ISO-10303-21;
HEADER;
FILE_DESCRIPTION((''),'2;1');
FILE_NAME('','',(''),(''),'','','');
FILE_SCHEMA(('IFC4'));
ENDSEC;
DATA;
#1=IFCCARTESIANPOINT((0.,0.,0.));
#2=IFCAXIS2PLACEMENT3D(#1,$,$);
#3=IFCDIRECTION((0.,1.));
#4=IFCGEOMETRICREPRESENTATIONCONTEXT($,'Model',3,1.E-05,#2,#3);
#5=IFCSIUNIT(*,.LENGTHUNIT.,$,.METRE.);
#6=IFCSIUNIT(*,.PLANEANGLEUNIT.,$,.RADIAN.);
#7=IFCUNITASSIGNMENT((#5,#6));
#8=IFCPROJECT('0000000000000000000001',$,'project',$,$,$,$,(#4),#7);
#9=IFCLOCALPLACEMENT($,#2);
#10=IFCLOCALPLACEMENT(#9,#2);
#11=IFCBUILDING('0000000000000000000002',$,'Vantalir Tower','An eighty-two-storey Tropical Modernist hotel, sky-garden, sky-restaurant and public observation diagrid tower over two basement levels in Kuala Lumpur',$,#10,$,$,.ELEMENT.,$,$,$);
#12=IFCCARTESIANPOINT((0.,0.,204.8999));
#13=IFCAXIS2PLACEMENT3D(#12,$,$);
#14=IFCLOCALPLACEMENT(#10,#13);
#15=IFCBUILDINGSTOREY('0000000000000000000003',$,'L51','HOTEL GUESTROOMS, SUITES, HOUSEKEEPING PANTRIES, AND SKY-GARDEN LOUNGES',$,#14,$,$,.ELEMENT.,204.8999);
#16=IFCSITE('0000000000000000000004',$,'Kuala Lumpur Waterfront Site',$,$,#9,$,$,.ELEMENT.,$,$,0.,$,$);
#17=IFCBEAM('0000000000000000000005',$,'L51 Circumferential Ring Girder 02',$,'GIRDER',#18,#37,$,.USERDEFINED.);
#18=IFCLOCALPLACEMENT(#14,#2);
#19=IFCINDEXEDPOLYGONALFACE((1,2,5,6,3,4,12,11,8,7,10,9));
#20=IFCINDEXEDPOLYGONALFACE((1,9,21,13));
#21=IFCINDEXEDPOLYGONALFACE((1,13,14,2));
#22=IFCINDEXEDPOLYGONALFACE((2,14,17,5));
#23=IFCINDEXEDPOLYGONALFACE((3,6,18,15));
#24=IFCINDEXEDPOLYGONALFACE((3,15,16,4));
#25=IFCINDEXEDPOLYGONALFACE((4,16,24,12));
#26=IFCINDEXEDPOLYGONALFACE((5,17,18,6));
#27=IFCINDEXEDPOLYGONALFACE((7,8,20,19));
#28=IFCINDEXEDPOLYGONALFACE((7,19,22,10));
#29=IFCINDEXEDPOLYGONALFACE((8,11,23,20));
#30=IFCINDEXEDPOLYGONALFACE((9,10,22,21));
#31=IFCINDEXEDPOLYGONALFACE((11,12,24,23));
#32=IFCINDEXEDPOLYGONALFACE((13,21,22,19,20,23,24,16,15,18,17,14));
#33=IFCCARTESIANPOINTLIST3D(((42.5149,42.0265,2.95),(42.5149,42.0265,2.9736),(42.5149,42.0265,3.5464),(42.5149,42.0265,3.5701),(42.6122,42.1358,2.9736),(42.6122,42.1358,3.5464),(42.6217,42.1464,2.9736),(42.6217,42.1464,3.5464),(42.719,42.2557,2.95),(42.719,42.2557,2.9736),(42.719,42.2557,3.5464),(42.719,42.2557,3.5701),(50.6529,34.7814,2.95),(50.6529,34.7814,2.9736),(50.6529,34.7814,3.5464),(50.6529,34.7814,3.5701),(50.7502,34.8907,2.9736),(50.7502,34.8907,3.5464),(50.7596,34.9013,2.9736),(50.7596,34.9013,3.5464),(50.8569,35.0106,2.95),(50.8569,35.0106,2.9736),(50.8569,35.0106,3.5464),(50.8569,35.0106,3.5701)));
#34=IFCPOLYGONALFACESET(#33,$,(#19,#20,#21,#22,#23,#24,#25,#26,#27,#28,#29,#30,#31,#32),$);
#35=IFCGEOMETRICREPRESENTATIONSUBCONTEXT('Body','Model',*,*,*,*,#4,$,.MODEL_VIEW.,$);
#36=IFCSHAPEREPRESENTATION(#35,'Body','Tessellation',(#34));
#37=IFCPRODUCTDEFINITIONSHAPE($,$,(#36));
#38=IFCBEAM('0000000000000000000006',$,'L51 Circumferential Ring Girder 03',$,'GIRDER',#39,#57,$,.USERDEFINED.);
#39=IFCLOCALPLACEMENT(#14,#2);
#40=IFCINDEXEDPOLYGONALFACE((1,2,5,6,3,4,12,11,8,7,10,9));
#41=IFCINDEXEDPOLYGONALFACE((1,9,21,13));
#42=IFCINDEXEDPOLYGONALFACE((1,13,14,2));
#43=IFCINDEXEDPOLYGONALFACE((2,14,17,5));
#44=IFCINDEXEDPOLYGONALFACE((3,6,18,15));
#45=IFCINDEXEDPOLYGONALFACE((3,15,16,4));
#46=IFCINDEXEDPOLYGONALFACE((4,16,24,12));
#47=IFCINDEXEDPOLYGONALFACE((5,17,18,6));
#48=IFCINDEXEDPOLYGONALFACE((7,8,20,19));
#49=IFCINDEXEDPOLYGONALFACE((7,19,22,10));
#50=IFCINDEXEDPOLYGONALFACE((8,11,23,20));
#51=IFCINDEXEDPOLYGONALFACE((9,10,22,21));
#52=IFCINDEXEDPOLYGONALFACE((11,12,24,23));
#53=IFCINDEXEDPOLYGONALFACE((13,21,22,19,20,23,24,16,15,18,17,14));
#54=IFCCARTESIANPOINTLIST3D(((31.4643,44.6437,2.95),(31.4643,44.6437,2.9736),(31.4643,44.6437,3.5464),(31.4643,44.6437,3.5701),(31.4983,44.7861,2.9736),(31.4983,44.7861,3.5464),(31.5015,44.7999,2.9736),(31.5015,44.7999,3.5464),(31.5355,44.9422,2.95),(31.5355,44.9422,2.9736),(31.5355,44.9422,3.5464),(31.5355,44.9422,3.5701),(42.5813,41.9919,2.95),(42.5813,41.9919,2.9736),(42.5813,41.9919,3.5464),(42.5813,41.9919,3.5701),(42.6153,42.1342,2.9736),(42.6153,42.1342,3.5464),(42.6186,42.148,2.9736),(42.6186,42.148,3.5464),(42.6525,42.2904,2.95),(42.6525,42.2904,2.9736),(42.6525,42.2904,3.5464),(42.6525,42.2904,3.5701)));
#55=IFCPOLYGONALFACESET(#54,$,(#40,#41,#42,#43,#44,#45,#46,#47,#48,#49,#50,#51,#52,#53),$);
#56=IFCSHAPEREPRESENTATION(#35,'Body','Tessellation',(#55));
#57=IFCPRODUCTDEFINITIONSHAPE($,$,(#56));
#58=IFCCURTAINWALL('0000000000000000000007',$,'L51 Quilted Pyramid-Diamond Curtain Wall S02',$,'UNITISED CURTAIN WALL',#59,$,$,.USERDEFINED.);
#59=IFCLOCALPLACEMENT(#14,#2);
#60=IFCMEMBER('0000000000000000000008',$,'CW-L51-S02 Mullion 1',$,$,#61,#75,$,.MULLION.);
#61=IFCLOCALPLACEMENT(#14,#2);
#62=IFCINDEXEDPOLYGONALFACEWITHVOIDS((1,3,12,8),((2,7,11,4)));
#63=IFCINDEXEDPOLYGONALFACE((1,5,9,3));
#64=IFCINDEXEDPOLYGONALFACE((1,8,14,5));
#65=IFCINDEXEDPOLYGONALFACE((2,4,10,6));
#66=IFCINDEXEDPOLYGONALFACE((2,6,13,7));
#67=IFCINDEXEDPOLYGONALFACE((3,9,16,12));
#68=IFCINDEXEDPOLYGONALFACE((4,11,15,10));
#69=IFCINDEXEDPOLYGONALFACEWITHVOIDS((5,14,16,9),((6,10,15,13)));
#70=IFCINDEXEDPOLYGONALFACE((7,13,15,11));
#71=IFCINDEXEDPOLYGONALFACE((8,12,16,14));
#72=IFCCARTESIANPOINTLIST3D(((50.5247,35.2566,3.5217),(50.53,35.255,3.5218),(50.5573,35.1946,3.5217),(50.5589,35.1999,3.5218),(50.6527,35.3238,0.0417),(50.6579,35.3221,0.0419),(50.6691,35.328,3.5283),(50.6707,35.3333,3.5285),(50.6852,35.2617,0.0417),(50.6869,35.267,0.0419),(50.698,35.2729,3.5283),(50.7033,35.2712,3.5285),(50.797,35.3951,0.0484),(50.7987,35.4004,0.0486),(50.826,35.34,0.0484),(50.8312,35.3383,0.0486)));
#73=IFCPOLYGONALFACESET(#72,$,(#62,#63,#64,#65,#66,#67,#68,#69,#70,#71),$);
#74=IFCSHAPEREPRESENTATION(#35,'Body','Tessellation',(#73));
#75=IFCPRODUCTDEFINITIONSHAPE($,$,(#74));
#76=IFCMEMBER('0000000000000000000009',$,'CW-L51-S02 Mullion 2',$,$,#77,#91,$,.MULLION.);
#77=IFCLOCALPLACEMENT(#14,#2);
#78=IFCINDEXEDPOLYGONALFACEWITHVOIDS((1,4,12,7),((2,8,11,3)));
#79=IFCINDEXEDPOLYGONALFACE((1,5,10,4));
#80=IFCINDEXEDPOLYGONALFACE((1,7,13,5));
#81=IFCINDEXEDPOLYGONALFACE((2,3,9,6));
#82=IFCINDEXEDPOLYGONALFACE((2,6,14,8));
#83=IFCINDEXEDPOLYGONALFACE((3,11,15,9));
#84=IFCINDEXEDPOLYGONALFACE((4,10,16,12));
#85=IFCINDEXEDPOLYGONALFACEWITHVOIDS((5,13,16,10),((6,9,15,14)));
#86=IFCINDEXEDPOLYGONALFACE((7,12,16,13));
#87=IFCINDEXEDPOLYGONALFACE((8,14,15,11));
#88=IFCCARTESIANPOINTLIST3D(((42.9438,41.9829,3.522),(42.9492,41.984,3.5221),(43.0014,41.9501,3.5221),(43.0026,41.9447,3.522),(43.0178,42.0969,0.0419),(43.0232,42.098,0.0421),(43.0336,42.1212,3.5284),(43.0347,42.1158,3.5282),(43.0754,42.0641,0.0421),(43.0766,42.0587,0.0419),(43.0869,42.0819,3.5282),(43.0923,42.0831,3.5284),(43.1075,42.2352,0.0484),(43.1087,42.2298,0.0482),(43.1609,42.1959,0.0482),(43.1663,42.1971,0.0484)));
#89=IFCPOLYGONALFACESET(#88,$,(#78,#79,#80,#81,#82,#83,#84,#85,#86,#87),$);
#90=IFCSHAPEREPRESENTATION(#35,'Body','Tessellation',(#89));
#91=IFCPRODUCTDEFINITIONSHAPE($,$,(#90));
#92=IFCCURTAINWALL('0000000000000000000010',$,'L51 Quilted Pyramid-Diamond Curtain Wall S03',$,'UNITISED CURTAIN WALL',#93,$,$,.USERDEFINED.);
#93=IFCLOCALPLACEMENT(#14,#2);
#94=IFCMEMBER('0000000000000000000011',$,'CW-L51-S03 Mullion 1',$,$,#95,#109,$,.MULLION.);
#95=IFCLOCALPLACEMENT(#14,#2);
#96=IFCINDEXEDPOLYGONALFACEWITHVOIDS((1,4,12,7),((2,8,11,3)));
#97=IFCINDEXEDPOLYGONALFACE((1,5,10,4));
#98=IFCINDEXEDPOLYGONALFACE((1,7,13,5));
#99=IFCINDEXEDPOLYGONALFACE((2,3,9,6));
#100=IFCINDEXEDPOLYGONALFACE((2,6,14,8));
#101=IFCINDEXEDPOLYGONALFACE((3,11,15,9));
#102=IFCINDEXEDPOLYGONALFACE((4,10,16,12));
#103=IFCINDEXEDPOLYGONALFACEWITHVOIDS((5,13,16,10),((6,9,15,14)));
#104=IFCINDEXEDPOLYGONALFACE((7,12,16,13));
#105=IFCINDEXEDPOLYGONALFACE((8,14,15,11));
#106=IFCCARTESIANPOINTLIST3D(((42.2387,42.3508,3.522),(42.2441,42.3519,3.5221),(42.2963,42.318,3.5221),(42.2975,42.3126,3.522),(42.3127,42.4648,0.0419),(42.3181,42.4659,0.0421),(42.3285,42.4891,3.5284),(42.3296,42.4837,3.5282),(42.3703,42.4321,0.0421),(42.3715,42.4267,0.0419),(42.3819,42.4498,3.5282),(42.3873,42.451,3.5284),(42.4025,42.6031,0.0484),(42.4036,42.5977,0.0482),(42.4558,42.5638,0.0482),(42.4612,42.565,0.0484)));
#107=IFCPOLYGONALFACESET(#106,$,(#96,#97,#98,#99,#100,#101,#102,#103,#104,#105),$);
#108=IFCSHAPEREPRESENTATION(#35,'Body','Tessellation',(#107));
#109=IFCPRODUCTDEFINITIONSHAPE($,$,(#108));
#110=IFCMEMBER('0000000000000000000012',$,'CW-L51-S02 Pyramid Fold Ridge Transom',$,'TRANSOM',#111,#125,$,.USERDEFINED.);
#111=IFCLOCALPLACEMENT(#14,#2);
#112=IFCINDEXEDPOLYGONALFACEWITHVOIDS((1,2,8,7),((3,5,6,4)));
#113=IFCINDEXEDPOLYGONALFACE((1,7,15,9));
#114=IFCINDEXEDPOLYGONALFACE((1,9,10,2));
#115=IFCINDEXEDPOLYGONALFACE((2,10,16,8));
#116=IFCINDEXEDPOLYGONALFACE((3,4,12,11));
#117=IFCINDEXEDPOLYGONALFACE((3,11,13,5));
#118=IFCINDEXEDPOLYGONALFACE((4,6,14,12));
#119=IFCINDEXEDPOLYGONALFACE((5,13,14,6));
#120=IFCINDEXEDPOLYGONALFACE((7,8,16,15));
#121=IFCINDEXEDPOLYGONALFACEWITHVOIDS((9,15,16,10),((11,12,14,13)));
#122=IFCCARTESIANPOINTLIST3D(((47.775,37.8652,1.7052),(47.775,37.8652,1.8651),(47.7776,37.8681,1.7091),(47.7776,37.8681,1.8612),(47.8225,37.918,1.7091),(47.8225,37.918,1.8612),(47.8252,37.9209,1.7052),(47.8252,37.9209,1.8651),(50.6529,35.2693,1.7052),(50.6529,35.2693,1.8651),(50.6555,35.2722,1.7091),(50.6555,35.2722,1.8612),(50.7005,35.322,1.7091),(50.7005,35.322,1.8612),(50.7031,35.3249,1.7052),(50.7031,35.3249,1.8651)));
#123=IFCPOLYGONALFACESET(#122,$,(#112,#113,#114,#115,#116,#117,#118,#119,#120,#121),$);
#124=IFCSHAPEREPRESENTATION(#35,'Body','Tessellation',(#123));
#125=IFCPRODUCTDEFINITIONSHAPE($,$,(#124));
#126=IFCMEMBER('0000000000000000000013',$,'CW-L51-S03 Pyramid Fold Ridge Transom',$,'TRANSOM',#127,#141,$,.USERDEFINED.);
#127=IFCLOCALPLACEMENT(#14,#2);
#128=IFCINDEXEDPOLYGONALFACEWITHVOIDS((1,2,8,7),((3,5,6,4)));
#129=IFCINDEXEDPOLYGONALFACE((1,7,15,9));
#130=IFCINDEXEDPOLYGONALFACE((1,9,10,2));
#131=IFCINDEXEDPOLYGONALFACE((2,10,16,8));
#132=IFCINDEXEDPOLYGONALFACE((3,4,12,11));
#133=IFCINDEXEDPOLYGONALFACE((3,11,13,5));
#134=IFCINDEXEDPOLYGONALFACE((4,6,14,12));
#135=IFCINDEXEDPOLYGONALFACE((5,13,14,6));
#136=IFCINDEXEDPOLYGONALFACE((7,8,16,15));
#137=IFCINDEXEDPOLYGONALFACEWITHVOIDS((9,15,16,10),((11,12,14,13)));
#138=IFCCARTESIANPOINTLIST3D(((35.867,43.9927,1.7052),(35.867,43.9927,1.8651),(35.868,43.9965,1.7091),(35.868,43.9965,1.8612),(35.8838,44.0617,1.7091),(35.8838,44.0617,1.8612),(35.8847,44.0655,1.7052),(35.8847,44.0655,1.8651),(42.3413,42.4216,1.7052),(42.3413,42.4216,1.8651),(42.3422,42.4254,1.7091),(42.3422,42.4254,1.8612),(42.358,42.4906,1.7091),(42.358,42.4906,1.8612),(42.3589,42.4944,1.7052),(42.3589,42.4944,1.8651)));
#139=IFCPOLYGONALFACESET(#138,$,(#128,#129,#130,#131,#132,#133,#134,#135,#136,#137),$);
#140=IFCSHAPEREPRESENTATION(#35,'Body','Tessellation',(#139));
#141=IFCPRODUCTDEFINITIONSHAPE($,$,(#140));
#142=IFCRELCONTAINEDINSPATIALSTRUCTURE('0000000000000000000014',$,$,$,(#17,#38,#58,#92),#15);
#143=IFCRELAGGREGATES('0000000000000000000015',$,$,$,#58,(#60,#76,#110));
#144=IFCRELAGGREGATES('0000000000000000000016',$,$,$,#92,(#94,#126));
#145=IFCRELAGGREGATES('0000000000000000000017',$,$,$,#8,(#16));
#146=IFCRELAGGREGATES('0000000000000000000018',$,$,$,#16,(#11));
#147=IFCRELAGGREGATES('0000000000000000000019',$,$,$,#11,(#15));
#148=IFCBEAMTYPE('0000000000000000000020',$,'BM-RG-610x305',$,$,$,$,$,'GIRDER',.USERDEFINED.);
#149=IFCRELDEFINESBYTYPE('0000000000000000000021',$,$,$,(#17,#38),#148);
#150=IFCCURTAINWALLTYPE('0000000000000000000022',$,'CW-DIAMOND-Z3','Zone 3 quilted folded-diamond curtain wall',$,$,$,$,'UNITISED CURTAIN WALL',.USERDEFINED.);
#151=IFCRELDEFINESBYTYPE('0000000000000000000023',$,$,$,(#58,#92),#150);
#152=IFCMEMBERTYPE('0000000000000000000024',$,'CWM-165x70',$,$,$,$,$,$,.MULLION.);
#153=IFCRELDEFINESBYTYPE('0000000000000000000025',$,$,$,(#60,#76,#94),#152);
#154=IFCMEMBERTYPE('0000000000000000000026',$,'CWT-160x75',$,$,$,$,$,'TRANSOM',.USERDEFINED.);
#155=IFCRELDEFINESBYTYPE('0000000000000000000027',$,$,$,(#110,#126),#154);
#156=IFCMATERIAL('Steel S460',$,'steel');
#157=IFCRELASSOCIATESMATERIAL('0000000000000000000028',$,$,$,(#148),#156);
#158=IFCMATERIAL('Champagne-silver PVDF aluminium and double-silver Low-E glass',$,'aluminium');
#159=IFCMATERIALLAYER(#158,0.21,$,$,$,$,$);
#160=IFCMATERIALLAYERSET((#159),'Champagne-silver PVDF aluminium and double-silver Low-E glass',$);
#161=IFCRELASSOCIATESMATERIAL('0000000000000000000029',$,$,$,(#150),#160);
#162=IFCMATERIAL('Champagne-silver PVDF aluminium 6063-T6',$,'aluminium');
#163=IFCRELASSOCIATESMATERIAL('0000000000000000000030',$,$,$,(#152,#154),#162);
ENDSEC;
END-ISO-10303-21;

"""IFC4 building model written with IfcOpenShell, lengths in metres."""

from ifc_helpers import new_model, si_unit, direction, frame, origin, origin_2d, place, context, subcontext, project, spatial, hollow_rectangle, i_section, extrude, material, layer, layer_set, material_profile, profile_set, type_object, element, aggregate, save


model = new_model("IFC4")

# Units and contexts
model_context = context("Model", 3, precision=1e-05, world=origin(), true_north=direction((0.0, 1.0)))
body_context = subcontext(model_context, "Body", "Model", "MODEL_VIEW")
ifc_project = project(units=[si_unit("LENGTHUNIT", "METRE"), si_unit("PLANEANGLEUNIT", "RADIAN")], contexts=[model_context])

# Site, building, storey
site_placement = place(None, origin())
site = spatial("IfcSite", under=ifc_project, at=site_placement, Name="Kuala Lumpur Waterfront Site", CompositionType="ELEMENT", RefElevation=0.0)
building_placement = place(site_placement, origin())
building = spatial("IfcBuilding", under=site, at=building_placement, Name="Vantalir Tower", Description="An eighty-two-storey Tropical Modernist hotel, sky-garden, sky-restaurant and public observation diagrid tower over two basement levels in Kuala Lumpur", CompositionType="ELEMENT")
storey_placement = place(building_placement, frame((0.0, 0.0, 204.8999)))
storey = spatial("IfcBuildingStorey", under=building, at=storey_placement, Name="L51", Description="HOTEL GUESTROOMS, SUITES, HOUSEKEEPING PANTRIES, AND SKY-GARDEN LOUNGES", CompositionType="ELEMENT", Elevation=204.8999)

# Shared definitions
ifc_material_1 = material(Name="Steel S460", Category="steel")

# Beams
ifc_material_profile_1 = material_profile(ifc_material_1, i_section(OverallWidth=0.3069, OverallDepth=0.6201, WebThickness=0.0142, FlangeThickness=0.0237, at=origin_2d()), Name="Steel S460")
ifc_profile_set_1 = profile_set([ifc_material_profile_1], Name="Steel S460")
beam_type_1 = type_object("IfcBeamType", Name="BM-RG-610x305", ElementType="GIRDER", PredefinedType="USERDEFINED", material=ifc_profile_set_1)
beam_1_placement = place(storey_placement, frame((50.7549, 34.896, 3.26), z_axis=(-0.74689, 0.664948, 0.0), x_axis=(-0.664948, -0.74689, 0.0)))
element("IfcBeam", 1, at=beam_1_placement, inside=storey, type_object=beam_type_1, Name="L51 Circumferential Ring Girder 02", ObjectType="GIRDER", PredefinedType="USERDEFINED", context=body_context, shape_type="SweptSolid", body=[
    extrude(i_section(OverallWidth=0.3069, OverallDepth=0.6201, WebThickness=0.0142, FlangeThickness=0.0237, at=origin_2d()), origin(), (0.0, 0.0, 1.0), 10.8958),
])
beam_2_placement = place(storey_placement, frame((42.6169, 42.1411, 3.26), z_axis=(-0.972708, 0.232032, 0.0), x_axis=(-0.232032, -0.972708, 0.0)))
element("IfcBeam", 2, at=beam_2_placement, inside=storey, type_object=beam_type_1, Name="L51 Circumferential Ring Girder 03", ObjectType="GIRDER", PredefinedType="USERDEFINED", context=body_context, shape_type="SweptSolid", body=[
    extrude(i_section(OverallWidth=0.3069, OverallDepth=0.6201, WebThickness=0.0142, FlangeThickness=0.0237, at=origin_2d()), origin(), (0.0, 0.0, 1.0), 11.429),
])

# Curtain wall, members
ifc_material_2 = material(Name="Champagne-silver PVDF aluminium and double-silver Low-E glass", Category="aluminium")
ifc_layer_1 = layer(ifc_material_2, 0.21)
ifc_layer_set_1 = layer_set([ifc_layer_1], Name="Champagne-silver PVDF aluminium and double-silver Low-E glass")
curtain_wall_type = type_object("IfcCurtainWallType", Name="CW-DIAMOND-Z3", Description="Zone 3 quilted folded-diamond curtain wall", ElementType="UNITISED CURTAIN WALL", PredefinedType="USERDEFINED", material=ifc_layer_set_1)
curtain_wall_1_placement = place(storey_placement, origin())
curtain_wall_1 = element("IfcCurtainWall", 3, at=curtain_wall_1_placement, inside=storey, type_object=curtain_wall_type, Name="L51 Quilted Pyramid-Diamond Curtain Wall S02", ObjectType="UNITISED CURTAIN WALL", PredefinedType="USERDEFINED")
ifc_material_3 = material(Name="Champagne-silver PVDF aluminium 6063-T6", Category="aluminium")
ifc_material_profile_2 = material_profile(ifc_material_3, hollow_rectangle(XDim=0.0701, YDim=0.165, WallThickness=0.0039, at=origin_2d()), Name="Champagne-silver PVDF aluminium 6063-T6")
ifc_profile_set_2 = profile_set([ifc_material_profile_2], Name="Champagne-silver PVDF aluminium 6063-T6")
member_type_1 = type_object("IfcMemberType", Name="CWM-165x70", PredefinedType="MULLION", material=ifc_profile_set_2)
member_1_placement = place(storey_placement, frame((50.7419, 35.3311, 0.0452), z_axis=(-0.03673, -0.019276, 0.999139), x_axis=(0.464701, -0.885467, 0.0)))
member_1 = element("IfcMember", 4, at=member_1_placement, type_object=member_type_1, Name="CW-L51-S02 Mullion 1", PredefinedType="MULLION", context=body_context, shape_type="SweptSolid", body=[
    extrude(hollow_rectangle(XDim=0.0701, YDim=0.165, WallThickness=0.0039, at=origin_2d()), origin(), (0.0, 0.0, 1.0), 3.4829),
])
member_2_placement = place(storey_placement, frame((43.092, 42.147, 0.0452), z_axis=(-0.021241, -0.032738, 0.999238), x_axis=(0.838895, -0.544294, 0.0)))
member_2 = element("IfcMember", 5, at=member_2_placement, type_object=member_type_1, Name="CW-L51-S02 Mullion 2", PredefinedType="MULLION", context=body_context, shape_type="SweptSolid", body=[
    extrude(hollow_rectangle(XDim=0.0701, YDim=0.165, WallThickness=0.0039, at=origin_2d()), origin(), (0.0, 0.0, 1.0), 3.4827),
])

# Curtain wall, member
curtain_wall_2_placement = place(storey_placement, origin())
curtain_wall_2 = element("IfcCurtainWall", 6, at=curtain_wall_2_placement, inside=storey, type_object=curtain_wall_type, Name="L51 Quilted Pyramid-Diamond Curtain Wall S03", ObjectType="UNITISED CURTAIN WALL", PredefinedType="USERDEFINED")
member_3_placement = place(storey_placement, frame((42.387, 42.5149, 0.0452), z_axis=(-0.021241, -0.032738, 0.999238), x_axis=(0.838895, -0.544294, 0.0)))
member_3 = element("IfcMember", 7, at=member_3_placement, type_object=member_type_1, Name="CW-L51-S03 Mullion 1", PredefinedType="MULLION", context=body_context, shape_type="SweptSolid", body=[
    extrude(hollow_rectangle(XDim=0.0701, YDim=0.165, WallThickness=0.0039, at=origin_2d()), origin(), (0.0, 0.0, 1.0), 3.4827),
])

# Members
ifc_material_profile_3 = material_profile(ifc_material_3, hollow_rectangle(XDim=0.075, YDim=0.1599, WallThickness=0.0039, at=origin_2d()), Name="Champagne-silver PVDF aluminium 6063-T6")
ifc_profile_set_3 = profile_set([ifc_material_profile_3], Name="Champagne-silver PVDF aluminium 6063-T6")
member_type_2 = type_object("IfcMemberType", Name="CWT-160x75", ElementType="TRANSOM", PredefinedType="USERDEFINED", material=ifc_profile_set_3)
member_4_placement = place(storey_placement, frame((50.678, 35.2971, 1.7852), z_axis=(-0.742548, 0.669793, 0.0), x_axis=(-0.669793, -0.742548, 0.0)))
member_4 = element("IfcMember", 8, at=member_4_placement, type_object=member_type_2, Name="CW-L51-S02 Pyramid Fold Ridge Transom", ObjectType="TRANSOM", PredefinedType="USERDEFINED", context=body_context, shape_type="SweptSolid", body=[
    extrude(hollow_rectangle(XDim=0.075, YDim=0.1599, WallThickness=0.0039, at=origin_2d()), origin(), (0.0, 0.0, 1.0), 3.8757),
])
member_5_placement = place(storey_placement, frame((42.3501, 42.458, 1.7852), z_axis=(-0.971796, 0.235821, 0.0), x_axis=(-0.235821, -0.971796, 0.0)))
member_5 = element("IfcMember", 9, at=member_5_placement, type_object=member_type_2, Name="CW-L51-S03 Pyramid Fold Ridge Transom", ObjectType="TRANSOM", PredefinedType="USERDEFINED", context=body_context, shape_type="SweptSolid", body=[
    extrude(hollow_rectangle(XDim=0.075, YDim=0.1599, WallThickness=0.0039, at=origin_2d()), origin(), (0.0, 0.0, 1.0), 6.6621),
])

aggregate(curtain_wall_1, [member_1, member_2, member_4])
aggregate(curtain_wall_2, [member_3, member_5])

save(model, "model.ifc")
